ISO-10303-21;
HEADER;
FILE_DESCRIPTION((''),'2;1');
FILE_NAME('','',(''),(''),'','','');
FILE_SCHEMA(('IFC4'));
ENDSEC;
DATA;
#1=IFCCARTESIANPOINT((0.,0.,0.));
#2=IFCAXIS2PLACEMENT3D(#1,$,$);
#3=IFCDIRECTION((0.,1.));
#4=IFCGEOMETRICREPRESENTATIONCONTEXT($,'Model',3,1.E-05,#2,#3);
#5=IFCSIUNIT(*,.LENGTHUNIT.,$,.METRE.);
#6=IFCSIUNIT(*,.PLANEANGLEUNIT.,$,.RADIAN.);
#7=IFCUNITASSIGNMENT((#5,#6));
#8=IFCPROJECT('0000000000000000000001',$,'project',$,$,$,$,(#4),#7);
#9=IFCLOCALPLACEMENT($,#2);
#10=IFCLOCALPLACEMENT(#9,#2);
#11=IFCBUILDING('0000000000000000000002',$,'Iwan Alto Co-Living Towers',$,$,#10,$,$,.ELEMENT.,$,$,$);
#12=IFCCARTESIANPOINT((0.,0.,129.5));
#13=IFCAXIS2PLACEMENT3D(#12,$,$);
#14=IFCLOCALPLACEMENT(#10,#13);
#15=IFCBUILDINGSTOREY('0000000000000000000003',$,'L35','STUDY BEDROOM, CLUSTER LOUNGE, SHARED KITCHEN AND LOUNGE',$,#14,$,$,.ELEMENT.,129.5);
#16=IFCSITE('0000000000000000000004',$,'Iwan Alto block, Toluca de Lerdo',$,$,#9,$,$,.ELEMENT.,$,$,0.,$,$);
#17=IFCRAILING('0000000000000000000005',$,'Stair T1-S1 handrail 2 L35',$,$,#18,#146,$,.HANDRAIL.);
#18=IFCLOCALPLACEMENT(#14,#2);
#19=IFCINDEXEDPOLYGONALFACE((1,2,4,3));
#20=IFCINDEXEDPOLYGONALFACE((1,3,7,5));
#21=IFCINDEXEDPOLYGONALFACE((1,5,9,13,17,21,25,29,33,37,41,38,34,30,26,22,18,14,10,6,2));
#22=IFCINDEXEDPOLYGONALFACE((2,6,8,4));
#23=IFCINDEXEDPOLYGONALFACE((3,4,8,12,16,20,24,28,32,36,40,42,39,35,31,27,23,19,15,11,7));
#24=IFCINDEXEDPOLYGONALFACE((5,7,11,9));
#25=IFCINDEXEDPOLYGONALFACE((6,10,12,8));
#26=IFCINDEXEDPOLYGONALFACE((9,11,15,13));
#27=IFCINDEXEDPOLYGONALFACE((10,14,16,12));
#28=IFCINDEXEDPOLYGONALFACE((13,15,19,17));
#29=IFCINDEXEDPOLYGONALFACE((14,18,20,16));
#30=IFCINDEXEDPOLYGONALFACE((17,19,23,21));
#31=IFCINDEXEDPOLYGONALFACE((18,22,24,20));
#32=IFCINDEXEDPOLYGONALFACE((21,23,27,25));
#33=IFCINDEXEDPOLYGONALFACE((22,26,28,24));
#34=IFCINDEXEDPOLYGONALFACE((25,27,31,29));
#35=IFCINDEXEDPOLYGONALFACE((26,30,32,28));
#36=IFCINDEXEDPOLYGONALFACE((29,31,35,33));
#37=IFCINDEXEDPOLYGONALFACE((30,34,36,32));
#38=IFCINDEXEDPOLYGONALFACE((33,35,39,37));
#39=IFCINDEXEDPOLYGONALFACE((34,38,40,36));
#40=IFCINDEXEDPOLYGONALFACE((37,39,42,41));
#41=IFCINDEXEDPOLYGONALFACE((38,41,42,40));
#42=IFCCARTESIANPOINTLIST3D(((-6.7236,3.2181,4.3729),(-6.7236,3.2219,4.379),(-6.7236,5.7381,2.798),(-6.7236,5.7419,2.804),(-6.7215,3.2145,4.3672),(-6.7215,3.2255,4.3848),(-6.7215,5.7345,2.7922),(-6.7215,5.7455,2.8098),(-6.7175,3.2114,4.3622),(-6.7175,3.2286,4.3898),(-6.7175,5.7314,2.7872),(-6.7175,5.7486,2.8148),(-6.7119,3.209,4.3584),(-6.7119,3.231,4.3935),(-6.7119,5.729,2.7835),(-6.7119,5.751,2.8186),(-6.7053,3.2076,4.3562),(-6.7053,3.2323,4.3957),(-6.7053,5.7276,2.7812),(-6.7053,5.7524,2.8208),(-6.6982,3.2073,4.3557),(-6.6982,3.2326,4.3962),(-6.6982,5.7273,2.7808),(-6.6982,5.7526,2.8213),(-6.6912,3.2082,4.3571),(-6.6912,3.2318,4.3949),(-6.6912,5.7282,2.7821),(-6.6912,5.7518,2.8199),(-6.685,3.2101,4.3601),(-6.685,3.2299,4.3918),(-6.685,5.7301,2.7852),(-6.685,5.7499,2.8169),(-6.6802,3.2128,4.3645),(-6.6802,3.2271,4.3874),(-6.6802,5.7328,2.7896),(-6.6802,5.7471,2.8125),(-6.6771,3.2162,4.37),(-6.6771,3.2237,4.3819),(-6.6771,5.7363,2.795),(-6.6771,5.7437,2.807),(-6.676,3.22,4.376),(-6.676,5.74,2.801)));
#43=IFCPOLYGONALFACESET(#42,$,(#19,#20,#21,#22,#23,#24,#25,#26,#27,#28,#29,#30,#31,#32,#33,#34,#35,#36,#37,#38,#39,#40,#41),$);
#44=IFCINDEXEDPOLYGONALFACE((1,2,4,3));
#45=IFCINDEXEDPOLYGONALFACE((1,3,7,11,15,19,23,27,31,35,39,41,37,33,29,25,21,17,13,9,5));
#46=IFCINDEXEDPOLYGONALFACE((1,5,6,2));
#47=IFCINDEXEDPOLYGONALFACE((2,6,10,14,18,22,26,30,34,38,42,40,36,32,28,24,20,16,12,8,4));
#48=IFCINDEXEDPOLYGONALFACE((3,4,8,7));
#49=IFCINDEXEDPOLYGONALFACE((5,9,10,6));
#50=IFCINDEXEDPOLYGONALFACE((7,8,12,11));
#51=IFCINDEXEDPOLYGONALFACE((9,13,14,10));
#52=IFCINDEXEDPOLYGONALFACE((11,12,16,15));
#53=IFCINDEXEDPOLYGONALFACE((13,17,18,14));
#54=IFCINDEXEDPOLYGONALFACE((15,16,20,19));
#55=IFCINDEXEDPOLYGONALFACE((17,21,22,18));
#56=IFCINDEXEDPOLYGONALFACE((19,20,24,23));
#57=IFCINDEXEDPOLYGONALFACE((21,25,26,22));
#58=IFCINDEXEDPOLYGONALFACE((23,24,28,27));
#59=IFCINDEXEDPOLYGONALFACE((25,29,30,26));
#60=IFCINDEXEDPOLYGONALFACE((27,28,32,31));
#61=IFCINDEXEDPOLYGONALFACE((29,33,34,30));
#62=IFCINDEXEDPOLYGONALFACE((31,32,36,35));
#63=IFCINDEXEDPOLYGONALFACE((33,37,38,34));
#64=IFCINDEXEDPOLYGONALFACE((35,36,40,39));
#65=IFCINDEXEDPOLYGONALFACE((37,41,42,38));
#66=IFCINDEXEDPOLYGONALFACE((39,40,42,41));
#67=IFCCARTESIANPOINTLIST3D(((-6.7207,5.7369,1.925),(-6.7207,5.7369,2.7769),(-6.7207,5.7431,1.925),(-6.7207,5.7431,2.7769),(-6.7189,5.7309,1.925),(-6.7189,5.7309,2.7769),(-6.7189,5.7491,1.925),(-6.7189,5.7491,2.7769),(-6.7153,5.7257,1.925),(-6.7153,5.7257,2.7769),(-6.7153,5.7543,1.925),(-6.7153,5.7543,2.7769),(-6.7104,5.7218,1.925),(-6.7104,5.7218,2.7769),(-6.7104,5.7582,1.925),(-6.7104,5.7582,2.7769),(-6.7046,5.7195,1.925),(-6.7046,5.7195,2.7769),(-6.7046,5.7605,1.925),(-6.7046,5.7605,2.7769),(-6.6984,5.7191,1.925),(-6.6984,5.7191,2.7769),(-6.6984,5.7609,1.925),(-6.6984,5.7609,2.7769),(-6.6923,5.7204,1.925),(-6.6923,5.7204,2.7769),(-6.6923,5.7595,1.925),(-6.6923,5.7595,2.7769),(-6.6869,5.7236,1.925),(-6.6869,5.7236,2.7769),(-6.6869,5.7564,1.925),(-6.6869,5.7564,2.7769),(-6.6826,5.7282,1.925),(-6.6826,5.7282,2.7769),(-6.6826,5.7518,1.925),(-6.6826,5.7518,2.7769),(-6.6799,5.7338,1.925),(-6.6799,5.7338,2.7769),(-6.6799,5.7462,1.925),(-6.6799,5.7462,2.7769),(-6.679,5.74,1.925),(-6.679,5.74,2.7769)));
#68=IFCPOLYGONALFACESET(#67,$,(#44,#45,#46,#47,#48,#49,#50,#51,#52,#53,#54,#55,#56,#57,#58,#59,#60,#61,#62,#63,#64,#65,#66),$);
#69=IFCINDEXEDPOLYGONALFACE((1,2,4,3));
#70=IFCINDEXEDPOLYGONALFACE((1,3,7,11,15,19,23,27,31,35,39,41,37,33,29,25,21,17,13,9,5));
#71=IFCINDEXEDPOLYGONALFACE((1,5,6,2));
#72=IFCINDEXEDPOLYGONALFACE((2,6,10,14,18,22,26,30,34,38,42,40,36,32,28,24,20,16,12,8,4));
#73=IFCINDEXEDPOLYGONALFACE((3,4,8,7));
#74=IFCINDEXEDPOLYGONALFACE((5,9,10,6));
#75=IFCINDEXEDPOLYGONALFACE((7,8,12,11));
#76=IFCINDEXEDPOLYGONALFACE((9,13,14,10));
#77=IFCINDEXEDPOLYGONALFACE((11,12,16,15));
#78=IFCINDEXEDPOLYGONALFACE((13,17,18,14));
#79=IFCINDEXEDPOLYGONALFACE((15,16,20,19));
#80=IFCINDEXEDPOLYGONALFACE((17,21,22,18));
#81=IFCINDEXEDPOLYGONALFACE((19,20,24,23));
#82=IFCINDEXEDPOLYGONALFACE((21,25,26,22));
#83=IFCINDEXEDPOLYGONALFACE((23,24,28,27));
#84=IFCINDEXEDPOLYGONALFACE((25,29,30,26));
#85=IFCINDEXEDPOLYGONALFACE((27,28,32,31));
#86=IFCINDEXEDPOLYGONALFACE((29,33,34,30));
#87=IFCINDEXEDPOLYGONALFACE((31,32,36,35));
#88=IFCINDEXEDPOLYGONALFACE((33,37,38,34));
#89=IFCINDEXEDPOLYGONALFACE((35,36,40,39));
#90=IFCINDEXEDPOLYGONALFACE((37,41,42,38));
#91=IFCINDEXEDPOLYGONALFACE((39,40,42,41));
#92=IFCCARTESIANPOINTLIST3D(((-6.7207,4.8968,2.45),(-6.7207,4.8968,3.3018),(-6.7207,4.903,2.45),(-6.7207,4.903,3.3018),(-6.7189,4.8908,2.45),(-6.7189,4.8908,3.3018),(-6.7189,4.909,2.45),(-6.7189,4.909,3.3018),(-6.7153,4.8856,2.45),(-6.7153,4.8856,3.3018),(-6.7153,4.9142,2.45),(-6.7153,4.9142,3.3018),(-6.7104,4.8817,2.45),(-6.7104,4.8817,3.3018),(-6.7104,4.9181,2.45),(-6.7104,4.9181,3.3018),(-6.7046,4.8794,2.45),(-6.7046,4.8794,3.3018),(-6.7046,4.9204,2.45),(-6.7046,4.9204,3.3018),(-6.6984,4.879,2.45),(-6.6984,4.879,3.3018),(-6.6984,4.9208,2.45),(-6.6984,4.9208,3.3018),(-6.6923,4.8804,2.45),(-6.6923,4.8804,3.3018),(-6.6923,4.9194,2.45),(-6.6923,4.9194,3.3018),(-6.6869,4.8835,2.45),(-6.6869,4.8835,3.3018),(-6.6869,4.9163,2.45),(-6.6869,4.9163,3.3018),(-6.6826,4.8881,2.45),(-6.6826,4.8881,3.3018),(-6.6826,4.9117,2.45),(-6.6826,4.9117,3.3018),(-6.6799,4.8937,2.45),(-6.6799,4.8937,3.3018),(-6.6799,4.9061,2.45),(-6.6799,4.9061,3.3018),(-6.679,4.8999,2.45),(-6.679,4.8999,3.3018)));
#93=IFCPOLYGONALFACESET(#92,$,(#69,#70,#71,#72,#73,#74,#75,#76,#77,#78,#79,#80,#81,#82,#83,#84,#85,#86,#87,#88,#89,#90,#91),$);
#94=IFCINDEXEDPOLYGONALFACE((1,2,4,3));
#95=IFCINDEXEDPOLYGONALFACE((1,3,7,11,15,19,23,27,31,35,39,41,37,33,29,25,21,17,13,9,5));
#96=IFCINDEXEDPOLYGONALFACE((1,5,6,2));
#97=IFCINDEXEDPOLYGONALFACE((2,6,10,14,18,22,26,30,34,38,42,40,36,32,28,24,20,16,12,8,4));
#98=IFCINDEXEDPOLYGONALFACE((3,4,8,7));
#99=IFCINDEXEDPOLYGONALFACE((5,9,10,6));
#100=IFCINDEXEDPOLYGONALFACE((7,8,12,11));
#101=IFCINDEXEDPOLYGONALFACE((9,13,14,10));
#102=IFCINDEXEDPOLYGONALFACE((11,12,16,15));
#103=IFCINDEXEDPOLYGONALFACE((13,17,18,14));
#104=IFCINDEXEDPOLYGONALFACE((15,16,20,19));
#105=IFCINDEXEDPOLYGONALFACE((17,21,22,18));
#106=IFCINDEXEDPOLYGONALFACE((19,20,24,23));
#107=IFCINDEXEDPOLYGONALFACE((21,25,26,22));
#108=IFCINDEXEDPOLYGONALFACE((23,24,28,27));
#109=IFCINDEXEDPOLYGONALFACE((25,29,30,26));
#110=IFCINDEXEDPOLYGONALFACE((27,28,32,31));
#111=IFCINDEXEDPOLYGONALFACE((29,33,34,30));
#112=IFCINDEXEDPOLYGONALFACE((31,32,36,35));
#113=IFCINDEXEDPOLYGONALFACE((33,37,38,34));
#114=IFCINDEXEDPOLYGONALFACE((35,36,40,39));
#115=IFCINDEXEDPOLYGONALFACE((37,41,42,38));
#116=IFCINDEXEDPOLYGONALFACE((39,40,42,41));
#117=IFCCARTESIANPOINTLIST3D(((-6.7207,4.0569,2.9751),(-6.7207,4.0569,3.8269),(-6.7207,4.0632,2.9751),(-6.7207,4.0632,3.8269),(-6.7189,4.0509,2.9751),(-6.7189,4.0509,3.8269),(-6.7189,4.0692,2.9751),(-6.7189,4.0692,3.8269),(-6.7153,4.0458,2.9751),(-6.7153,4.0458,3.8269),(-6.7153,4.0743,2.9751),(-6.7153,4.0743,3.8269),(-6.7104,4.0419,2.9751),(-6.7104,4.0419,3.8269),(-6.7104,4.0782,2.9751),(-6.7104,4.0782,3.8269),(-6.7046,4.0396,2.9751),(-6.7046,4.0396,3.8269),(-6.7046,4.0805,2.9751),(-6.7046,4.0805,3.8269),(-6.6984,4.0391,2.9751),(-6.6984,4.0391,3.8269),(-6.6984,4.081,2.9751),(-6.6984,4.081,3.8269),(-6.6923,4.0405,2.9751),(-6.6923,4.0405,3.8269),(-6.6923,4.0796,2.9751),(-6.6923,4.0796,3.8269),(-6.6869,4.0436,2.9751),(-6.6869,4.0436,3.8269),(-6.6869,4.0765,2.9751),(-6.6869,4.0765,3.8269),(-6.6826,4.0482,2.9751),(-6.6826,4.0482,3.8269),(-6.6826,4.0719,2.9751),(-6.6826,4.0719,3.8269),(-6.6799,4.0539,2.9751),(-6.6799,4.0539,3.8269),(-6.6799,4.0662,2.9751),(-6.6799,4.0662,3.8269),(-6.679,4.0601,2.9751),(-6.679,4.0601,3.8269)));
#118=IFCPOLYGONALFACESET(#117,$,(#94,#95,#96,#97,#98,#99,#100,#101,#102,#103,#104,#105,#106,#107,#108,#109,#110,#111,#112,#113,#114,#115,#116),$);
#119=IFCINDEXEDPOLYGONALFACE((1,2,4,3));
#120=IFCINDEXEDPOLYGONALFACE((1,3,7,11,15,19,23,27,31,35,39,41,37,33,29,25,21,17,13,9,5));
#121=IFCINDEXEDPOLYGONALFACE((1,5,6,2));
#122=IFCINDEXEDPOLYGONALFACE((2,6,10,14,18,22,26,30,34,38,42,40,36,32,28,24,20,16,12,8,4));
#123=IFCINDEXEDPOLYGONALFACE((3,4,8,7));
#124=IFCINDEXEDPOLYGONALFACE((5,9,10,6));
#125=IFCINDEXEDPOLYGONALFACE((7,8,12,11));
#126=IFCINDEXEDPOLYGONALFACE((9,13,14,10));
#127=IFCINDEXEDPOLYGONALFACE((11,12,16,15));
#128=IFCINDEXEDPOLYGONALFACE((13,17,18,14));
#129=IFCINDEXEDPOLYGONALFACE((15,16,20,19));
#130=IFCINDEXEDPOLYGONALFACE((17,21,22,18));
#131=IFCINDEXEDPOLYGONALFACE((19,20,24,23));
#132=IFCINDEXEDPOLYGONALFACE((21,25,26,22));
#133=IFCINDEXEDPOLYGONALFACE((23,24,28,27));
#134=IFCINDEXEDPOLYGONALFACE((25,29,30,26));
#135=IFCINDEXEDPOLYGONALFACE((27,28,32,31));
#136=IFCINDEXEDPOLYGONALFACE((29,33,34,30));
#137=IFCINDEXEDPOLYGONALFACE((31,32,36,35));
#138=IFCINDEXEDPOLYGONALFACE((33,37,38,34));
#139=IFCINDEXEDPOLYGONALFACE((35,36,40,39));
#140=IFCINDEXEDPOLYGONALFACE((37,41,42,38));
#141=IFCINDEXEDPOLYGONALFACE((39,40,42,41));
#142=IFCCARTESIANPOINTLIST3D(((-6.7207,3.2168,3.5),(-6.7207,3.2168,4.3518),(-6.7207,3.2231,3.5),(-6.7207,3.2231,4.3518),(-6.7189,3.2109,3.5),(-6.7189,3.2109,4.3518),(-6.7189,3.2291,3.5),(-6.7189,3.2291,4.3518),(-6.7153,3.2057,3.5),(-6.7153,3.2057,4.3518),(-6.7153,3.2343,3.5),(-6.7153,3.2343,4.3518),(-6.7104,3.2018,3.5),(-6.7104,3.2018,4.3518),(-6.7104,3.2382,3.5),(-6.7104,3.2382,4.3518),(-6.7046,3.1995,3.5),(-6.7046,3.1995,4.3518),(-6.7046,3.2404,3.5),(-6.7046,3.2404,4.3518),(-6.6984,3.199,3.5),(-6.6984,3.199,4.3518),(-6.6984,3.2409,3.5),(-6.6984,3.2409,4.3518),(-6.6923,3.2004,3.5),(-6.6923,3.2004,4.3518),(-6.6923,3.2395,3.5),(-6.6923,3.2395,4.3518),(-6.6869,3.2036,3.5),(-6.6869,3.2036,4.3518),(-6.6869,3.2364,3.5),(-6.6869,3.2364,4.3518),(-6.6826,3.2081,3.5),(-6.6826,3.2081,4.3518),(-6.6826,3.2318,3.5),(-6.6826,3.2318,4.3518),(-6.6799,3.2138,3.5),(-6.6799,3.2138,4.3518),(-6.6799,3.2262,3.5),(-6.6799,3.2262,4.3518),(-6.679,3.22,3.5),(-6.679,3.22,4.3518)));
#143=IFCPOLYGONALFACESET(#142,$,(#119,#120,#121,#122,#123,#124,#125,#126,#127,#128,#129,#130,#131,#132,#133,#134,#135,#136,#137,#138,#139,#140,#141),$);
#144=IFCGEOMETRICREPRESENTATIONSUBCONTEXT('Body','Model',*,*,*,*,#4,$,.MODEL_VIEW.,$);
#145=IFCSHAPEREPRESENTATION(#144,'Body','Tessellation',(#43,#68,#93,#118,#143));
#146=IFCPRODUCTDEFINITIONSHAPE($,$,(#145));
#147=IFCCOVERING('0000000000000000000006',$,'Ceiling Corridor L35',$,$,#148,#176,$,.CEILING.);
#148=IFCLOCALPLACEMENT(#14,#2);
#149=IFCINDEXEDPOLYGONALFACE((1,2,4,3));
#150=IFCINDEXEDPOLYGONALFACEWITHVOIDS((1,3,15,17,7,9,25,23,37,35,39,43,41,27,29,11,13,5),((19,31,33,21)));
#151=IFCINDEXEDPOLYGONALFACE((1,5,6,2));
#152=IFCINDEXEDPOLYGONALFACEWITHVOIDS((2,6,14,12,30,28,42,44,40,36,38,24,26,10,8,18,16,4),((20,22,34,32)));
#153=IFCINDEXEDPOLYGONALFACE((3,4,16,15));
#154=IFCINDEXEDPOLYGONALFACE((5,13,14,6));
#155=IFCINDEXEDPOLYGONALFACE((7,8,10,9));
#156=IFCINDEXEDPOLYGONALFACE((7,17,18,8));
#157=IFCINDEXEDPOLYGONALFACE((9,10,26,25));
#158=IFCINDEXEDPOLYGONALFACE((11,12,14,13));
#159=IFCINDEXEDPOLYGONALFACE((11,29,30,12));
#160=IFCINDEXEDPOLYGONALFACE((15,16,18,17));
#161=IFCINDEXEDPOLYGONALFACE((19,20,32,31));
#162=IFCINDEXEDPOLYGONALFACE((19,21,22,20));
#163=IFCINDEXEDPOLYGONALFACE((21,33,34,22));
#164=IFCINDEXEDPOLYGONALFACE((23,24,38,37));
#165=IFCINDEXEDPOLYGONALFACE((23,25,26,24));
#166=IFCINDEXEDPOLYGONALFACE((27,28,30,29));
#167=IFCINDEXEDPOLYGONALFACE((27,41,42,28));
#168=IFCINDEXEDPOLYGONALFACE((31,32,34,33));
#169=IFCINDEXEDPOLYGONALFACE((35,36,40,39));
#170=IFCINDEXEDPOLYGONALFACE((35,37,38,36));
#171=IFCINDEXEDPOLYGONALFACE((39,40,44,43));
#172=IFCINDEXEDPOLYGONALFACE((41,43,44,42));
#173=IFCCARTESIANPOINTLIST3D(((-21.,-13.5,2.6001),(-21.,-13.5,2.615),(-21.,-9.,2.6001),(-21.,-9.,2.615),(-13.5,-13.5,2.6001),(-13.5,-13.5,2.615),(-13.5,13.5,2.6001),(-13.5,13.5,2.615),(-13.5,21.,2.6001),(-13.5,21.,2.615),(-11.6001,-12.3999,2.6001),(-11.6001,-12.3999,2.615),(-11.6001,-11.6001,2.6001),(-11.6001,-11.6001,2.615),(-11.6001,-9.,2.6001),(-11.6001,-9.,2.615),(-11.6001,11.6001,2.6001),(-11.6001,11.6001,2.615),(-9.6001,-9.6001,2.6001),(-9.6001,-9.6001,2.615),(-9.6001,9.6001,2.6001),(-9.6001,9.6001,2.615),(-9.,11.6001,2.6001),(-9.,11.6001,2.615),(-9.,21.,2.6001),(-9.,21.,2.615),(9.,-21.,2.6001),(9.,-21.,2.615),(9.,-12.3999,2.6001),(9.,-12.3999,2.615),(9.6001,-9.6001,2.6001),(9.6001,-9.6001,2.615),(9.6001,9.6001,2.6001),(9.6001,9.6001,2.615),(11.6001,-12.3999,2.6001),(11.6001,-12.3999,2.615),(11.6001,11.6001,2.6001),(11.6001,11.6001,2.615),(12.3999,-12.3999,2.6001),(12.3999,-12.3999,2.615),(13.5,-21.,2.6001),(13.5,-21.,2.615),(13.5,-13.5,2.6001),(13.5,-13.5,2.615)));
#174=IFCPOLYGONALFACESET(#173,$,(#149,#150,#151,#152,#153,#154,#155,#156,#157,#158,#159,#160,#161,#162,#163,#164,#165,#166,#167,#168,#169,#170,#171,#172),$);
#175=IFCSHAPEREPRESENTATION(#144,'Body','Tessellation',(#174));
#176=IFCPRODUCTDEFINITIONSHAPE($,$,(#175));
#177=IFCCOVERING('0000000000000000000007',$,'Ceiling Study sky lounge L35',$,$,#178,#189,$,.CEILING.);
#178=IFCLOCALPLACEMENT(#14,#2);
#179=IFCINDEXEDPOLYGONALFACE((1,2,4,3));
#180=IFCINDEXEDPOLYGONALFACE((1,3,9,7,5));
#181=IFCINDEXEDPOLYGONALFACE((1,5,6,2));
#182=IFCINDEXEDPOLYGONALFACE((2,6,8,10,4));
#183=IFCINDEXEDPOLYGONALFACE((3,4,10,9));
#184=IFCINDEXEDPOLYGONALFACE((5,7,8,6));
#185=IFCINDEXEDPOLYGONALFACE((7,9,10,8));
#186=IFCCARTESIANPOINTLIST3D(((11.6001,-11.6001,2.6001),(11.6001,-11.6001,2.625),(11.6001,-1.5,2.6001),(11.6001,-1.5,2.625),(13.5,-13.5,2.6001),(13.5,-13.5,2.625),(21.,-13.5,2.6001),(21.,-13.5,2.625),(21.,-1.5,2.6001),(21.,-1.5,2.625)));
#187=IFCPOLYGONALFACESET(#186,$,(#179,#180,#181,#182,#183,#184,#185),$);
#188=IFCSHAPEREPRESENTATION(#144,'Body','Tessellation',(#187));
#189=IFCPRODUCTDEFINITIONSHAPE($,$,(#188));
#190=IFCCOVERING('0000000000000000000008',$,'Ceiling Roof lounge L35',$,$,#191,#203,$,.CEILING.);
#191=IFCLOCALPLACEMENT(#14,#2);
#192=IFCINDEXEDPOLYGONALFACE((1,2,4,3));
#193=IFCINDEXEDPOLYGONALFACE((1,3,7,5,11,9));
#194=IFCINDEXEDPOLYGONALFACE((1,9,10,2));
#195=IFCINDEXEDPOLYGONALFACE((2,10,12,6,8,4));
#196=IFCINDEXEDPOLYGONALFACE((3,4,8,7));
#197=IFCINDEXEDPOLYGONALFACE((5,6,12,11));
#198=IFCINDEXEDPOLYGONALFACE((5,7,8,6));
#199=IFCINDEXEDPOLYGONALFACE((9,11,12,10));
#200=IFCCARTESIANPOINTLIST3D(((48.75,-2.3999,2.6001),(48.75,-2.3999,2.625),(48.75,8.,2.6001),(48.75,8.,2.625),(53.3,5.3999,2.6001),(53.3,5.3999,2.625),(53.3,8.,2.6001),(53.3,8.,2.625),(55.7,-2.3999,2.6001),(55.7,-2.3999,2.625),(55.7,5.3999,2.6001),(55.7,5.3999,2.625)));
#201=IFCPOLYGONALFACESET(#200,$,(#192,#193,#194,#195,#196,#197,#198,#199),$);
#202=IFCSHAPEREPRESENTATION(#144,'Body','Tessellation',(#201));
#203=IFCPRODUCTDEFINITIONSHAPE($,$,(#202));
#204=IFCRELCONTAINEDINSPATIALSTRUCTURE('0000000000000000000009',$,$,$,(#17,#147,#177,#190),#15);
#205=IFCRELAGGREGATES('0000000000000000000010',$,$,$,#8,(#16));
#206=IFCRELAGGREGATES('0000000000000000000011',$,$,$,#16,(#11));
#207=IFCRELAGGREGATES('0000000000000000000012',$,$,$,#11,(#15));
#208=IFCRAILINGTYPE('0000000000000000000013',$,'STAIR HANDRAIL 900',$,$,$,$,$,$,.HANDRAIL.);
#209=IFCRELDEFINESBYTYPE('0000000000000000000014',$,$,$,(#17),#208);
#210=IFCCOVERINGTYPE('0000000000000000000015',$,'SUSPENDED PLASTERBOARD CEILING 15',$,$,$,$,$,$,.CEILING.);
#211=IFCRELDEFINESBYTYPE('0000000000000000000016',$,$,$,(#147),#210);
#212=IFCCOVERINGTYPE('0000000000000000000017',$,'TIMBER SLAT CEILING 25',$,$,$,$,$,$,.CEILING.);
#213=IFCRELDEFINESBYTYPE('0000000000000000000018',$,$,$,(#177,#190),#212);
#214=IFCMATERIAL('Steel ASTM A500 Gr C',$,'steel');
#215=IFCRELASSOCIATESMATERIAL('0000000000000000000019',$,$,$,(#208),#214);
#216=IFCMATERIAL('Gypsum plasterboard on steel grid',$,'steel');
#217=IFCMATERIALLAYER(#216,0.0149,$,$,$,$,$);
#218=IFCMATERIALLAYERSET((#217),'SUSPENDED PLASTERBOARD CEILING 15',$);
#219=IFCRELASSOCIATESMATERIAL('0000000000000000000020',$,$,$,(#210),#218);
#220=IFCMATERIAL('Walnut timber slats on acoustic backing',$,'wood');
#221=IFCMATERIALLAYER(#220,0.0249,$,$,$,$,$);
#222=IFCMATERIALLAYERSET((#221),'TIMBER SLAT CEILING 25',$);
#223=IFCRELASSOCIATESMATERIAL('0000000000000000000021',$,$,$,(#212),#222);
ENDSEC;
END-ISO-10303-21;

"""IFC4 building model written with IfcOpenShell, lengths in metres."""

from ifc_helpers import new_model, si_unit, direction, frame, origin, origin_2d, place, context, subcontext, project, spatial, polyline, circle, outline, extrude, material, layer, layer_set, type_object, element, save


model = new_model("IFC4")

# Units and contexts
model_context = context("Model", 3, precision=1e-05, world=origin(), true_north=direction((0.0, 1.0)))
body_context = subcontext(model_context, "Body", "Model", "MODEL_VIEW")
ifc_project = project(units=[si_unit("LENGTHUNIT", "METRE"), si_unit("PLANEANGLEUNIT", "RADIAN")], contexts=[model_context])

# Site, building, storey
site_placement = place(None, origin())
site = spatial("IfcSite", under=ifc_project, at=site_placement, Name="Iwan Alto block, Toluca de Lerdo", CompositionType="ELEMENT", RefElevation=0.0)
building_placement = place(site_placement, origin())
building = spatial("IfcBuilding", under=site, at=building_placement, Name="Iwan Alto Co-Living Towers", CompositionType="ELEMENT")
storey_placement = place(building_placement, frame((0.0, 0.0, 129.5)))
storey = spatial("IfcBuildingStorey", under=building, at=storey_placement, Name="L35", Description="STUDY BEDROOM, CLUSTER LOUNGE, SHARED KITCHEN AND LOUNGE", CompositionType="ELEMENT", Elevation=129.5)

# Railing
ifc_material_1 = material(Name="Steel ASTM A500 Gr C", Category="steel")
railing_type_1 = type_object("IfcRailingType", Name="STAIR HANDRAIL 900", PredefinedType="HANDRAIL", material=ifc_material_1)
railing_1_placement = place(storey_placement, frame((-6.7, 5.74, 1.925)))
element("IfcRailing", 1, at=railing_1_placement, inside=storey, type_object=railing_type_1, Name="Stair T1-S1 handrail 2 L35", PredefinedType="HANDRAIL", context=body_context, shape_type="SweptSolid", body=[
    extrude(circle(Radius=0.0239, at=origin_2d()), frame((0.0, 0.0, 0.876), z_axis=(0.0, -0.848008, 0.529984), x_axis=(1.0, 0.0, 0.0)), (0.0, 0.0, 1.0), 2.9717),
    extrude(circle(Radius=0.021, at=origin_2d()), origin(), (0.0, 0.0, 1.0), 0.8518),
    extrude(circle(Radius=0.021, at=origin_2d()), frame((0.0, -0.8401, 0.5249)), (0.0, 0.0, 1.0), 0.8518),
    extrude(circle(Radius=0.021, at=origin_2d()), frame((0.0, -1.6799, 1.05)), (0.0, 0.0, 1.0), 0.8518),
    extrude(circle(Radius=0.021, at=origin_2d()), frame((0.0, -2.52, 1.575)), (0.0, 0.0, 1.0), 0.8518),
])

# Coverings
ifc_material_2 = material(Name="Gypsum plasterboard on steel grid", Category="steel")
ifc_layer_1 = layer(ifc_material_2, 0.0149)
ifc_layer_set_1 = layer_set([ifc_layer_1], Name="SUSPENDED PLASTERBOARD CEILING 15")
covering_type_1 = type_object("IfcCoveringType", Name="SUSPENDED PLASTERBOARD CEILING 15", PredefinedType="CEILING", material=ifc_layer_set_1)
covering_1_placement = place(storey_placement, frame((0.0, 0.0, 2.6001)))
element("IfcCovering", 2, at=covering_1_placement, inside=storey, type_object=covering_type_1, Name="Ceiling Corridor L35", PredefinedType="CEILING", context=body_context, shape_type="SweptSolid", body=[
    extrude(outline(polyline([(13.5, -21.0), (9.0, -21.0), (9.0, -12.3999), (-11.6001, -12.3999), (-11.6001, -11.6001), (-13.5, -13.5), (-21.0, -13.5), (-21.0, -9.0), (-11.6001, -9.0), (-11.6001, 11.6001), (-13.5, 13.5), (-13.5, 21.0), (-9.0, 21.0), (-9.0, 11.6001), (11.6001, 11.6001), (11.6001, -12.3999), (12.3999, -12.3999), (13.5, -13.5), (13.5, -21.0)]), holes=[polyline([(9.6001, -9.6001), (9.6001, 9.6001), (-9.6001, 9.6001), (-9.6001, -9.6001), (9.6001, -9.6001)])]), origin(), (0.0, 0.0, 1.0), 0.0149),
])
ifc_material_3 = material(Name="Walnut timber slats on acoustic backing", Category="wood")
ifc_layer_2 = layer(ifc_material_3, 0.0249)
ifc_layer_set_2 = layer_set([ifc_layer_2], Name="TIMBER SLAT CEILING 25")
covering_type_2 = type_object("IfcCoveringType", Name="TIMBER SLAT CEILING 25", PredefinedType="CEILING", material=ifc_layer_set_2)
covering_2_placement = place(storey_placement, frame((0.0, 0.0, 2.6001)))
element("IfcCovering", 3, at=covering_2_placement, inside=storey, type_object=covering_type_2, Name="Ceiling Study sky lounge L35", PredefinedType="CEILING", context=body_context, shape_type="SweptSolid", body=[
    extrude(outline(polyline([(21.0, -1.5), (21.0, -13.5), (13.5, -13.5), (11.6001, -11.6001), (11.6001, -1.5), (21.0, -1.5)])), origin(), (0.0, 0.0, 1.0), 0.0249),
])
covering_3_placement = place(storey_placement, frame((0.0, 0.0, 2.6001)))
element("IfcCovering", 4, at=covering_3_placement, inside=storey, type_object=covering_type_2, Name="Ceiling Roof lounge L35", PredefinedType="CEILING", context=body_context, shape_type="SweptSolid", body=[
    extrude(outline(polyline([(48.75, -2.3999), (48.75, 8.0), (53.3, 8.0), (53.3, 5.3999), (55.7, 5.3999), (55.7, -2.3999), (48.75, -2.3999)])), origin(), (0.0, 0.0, 1.0), 0.0249),
])

save(model, "model.ifc")
